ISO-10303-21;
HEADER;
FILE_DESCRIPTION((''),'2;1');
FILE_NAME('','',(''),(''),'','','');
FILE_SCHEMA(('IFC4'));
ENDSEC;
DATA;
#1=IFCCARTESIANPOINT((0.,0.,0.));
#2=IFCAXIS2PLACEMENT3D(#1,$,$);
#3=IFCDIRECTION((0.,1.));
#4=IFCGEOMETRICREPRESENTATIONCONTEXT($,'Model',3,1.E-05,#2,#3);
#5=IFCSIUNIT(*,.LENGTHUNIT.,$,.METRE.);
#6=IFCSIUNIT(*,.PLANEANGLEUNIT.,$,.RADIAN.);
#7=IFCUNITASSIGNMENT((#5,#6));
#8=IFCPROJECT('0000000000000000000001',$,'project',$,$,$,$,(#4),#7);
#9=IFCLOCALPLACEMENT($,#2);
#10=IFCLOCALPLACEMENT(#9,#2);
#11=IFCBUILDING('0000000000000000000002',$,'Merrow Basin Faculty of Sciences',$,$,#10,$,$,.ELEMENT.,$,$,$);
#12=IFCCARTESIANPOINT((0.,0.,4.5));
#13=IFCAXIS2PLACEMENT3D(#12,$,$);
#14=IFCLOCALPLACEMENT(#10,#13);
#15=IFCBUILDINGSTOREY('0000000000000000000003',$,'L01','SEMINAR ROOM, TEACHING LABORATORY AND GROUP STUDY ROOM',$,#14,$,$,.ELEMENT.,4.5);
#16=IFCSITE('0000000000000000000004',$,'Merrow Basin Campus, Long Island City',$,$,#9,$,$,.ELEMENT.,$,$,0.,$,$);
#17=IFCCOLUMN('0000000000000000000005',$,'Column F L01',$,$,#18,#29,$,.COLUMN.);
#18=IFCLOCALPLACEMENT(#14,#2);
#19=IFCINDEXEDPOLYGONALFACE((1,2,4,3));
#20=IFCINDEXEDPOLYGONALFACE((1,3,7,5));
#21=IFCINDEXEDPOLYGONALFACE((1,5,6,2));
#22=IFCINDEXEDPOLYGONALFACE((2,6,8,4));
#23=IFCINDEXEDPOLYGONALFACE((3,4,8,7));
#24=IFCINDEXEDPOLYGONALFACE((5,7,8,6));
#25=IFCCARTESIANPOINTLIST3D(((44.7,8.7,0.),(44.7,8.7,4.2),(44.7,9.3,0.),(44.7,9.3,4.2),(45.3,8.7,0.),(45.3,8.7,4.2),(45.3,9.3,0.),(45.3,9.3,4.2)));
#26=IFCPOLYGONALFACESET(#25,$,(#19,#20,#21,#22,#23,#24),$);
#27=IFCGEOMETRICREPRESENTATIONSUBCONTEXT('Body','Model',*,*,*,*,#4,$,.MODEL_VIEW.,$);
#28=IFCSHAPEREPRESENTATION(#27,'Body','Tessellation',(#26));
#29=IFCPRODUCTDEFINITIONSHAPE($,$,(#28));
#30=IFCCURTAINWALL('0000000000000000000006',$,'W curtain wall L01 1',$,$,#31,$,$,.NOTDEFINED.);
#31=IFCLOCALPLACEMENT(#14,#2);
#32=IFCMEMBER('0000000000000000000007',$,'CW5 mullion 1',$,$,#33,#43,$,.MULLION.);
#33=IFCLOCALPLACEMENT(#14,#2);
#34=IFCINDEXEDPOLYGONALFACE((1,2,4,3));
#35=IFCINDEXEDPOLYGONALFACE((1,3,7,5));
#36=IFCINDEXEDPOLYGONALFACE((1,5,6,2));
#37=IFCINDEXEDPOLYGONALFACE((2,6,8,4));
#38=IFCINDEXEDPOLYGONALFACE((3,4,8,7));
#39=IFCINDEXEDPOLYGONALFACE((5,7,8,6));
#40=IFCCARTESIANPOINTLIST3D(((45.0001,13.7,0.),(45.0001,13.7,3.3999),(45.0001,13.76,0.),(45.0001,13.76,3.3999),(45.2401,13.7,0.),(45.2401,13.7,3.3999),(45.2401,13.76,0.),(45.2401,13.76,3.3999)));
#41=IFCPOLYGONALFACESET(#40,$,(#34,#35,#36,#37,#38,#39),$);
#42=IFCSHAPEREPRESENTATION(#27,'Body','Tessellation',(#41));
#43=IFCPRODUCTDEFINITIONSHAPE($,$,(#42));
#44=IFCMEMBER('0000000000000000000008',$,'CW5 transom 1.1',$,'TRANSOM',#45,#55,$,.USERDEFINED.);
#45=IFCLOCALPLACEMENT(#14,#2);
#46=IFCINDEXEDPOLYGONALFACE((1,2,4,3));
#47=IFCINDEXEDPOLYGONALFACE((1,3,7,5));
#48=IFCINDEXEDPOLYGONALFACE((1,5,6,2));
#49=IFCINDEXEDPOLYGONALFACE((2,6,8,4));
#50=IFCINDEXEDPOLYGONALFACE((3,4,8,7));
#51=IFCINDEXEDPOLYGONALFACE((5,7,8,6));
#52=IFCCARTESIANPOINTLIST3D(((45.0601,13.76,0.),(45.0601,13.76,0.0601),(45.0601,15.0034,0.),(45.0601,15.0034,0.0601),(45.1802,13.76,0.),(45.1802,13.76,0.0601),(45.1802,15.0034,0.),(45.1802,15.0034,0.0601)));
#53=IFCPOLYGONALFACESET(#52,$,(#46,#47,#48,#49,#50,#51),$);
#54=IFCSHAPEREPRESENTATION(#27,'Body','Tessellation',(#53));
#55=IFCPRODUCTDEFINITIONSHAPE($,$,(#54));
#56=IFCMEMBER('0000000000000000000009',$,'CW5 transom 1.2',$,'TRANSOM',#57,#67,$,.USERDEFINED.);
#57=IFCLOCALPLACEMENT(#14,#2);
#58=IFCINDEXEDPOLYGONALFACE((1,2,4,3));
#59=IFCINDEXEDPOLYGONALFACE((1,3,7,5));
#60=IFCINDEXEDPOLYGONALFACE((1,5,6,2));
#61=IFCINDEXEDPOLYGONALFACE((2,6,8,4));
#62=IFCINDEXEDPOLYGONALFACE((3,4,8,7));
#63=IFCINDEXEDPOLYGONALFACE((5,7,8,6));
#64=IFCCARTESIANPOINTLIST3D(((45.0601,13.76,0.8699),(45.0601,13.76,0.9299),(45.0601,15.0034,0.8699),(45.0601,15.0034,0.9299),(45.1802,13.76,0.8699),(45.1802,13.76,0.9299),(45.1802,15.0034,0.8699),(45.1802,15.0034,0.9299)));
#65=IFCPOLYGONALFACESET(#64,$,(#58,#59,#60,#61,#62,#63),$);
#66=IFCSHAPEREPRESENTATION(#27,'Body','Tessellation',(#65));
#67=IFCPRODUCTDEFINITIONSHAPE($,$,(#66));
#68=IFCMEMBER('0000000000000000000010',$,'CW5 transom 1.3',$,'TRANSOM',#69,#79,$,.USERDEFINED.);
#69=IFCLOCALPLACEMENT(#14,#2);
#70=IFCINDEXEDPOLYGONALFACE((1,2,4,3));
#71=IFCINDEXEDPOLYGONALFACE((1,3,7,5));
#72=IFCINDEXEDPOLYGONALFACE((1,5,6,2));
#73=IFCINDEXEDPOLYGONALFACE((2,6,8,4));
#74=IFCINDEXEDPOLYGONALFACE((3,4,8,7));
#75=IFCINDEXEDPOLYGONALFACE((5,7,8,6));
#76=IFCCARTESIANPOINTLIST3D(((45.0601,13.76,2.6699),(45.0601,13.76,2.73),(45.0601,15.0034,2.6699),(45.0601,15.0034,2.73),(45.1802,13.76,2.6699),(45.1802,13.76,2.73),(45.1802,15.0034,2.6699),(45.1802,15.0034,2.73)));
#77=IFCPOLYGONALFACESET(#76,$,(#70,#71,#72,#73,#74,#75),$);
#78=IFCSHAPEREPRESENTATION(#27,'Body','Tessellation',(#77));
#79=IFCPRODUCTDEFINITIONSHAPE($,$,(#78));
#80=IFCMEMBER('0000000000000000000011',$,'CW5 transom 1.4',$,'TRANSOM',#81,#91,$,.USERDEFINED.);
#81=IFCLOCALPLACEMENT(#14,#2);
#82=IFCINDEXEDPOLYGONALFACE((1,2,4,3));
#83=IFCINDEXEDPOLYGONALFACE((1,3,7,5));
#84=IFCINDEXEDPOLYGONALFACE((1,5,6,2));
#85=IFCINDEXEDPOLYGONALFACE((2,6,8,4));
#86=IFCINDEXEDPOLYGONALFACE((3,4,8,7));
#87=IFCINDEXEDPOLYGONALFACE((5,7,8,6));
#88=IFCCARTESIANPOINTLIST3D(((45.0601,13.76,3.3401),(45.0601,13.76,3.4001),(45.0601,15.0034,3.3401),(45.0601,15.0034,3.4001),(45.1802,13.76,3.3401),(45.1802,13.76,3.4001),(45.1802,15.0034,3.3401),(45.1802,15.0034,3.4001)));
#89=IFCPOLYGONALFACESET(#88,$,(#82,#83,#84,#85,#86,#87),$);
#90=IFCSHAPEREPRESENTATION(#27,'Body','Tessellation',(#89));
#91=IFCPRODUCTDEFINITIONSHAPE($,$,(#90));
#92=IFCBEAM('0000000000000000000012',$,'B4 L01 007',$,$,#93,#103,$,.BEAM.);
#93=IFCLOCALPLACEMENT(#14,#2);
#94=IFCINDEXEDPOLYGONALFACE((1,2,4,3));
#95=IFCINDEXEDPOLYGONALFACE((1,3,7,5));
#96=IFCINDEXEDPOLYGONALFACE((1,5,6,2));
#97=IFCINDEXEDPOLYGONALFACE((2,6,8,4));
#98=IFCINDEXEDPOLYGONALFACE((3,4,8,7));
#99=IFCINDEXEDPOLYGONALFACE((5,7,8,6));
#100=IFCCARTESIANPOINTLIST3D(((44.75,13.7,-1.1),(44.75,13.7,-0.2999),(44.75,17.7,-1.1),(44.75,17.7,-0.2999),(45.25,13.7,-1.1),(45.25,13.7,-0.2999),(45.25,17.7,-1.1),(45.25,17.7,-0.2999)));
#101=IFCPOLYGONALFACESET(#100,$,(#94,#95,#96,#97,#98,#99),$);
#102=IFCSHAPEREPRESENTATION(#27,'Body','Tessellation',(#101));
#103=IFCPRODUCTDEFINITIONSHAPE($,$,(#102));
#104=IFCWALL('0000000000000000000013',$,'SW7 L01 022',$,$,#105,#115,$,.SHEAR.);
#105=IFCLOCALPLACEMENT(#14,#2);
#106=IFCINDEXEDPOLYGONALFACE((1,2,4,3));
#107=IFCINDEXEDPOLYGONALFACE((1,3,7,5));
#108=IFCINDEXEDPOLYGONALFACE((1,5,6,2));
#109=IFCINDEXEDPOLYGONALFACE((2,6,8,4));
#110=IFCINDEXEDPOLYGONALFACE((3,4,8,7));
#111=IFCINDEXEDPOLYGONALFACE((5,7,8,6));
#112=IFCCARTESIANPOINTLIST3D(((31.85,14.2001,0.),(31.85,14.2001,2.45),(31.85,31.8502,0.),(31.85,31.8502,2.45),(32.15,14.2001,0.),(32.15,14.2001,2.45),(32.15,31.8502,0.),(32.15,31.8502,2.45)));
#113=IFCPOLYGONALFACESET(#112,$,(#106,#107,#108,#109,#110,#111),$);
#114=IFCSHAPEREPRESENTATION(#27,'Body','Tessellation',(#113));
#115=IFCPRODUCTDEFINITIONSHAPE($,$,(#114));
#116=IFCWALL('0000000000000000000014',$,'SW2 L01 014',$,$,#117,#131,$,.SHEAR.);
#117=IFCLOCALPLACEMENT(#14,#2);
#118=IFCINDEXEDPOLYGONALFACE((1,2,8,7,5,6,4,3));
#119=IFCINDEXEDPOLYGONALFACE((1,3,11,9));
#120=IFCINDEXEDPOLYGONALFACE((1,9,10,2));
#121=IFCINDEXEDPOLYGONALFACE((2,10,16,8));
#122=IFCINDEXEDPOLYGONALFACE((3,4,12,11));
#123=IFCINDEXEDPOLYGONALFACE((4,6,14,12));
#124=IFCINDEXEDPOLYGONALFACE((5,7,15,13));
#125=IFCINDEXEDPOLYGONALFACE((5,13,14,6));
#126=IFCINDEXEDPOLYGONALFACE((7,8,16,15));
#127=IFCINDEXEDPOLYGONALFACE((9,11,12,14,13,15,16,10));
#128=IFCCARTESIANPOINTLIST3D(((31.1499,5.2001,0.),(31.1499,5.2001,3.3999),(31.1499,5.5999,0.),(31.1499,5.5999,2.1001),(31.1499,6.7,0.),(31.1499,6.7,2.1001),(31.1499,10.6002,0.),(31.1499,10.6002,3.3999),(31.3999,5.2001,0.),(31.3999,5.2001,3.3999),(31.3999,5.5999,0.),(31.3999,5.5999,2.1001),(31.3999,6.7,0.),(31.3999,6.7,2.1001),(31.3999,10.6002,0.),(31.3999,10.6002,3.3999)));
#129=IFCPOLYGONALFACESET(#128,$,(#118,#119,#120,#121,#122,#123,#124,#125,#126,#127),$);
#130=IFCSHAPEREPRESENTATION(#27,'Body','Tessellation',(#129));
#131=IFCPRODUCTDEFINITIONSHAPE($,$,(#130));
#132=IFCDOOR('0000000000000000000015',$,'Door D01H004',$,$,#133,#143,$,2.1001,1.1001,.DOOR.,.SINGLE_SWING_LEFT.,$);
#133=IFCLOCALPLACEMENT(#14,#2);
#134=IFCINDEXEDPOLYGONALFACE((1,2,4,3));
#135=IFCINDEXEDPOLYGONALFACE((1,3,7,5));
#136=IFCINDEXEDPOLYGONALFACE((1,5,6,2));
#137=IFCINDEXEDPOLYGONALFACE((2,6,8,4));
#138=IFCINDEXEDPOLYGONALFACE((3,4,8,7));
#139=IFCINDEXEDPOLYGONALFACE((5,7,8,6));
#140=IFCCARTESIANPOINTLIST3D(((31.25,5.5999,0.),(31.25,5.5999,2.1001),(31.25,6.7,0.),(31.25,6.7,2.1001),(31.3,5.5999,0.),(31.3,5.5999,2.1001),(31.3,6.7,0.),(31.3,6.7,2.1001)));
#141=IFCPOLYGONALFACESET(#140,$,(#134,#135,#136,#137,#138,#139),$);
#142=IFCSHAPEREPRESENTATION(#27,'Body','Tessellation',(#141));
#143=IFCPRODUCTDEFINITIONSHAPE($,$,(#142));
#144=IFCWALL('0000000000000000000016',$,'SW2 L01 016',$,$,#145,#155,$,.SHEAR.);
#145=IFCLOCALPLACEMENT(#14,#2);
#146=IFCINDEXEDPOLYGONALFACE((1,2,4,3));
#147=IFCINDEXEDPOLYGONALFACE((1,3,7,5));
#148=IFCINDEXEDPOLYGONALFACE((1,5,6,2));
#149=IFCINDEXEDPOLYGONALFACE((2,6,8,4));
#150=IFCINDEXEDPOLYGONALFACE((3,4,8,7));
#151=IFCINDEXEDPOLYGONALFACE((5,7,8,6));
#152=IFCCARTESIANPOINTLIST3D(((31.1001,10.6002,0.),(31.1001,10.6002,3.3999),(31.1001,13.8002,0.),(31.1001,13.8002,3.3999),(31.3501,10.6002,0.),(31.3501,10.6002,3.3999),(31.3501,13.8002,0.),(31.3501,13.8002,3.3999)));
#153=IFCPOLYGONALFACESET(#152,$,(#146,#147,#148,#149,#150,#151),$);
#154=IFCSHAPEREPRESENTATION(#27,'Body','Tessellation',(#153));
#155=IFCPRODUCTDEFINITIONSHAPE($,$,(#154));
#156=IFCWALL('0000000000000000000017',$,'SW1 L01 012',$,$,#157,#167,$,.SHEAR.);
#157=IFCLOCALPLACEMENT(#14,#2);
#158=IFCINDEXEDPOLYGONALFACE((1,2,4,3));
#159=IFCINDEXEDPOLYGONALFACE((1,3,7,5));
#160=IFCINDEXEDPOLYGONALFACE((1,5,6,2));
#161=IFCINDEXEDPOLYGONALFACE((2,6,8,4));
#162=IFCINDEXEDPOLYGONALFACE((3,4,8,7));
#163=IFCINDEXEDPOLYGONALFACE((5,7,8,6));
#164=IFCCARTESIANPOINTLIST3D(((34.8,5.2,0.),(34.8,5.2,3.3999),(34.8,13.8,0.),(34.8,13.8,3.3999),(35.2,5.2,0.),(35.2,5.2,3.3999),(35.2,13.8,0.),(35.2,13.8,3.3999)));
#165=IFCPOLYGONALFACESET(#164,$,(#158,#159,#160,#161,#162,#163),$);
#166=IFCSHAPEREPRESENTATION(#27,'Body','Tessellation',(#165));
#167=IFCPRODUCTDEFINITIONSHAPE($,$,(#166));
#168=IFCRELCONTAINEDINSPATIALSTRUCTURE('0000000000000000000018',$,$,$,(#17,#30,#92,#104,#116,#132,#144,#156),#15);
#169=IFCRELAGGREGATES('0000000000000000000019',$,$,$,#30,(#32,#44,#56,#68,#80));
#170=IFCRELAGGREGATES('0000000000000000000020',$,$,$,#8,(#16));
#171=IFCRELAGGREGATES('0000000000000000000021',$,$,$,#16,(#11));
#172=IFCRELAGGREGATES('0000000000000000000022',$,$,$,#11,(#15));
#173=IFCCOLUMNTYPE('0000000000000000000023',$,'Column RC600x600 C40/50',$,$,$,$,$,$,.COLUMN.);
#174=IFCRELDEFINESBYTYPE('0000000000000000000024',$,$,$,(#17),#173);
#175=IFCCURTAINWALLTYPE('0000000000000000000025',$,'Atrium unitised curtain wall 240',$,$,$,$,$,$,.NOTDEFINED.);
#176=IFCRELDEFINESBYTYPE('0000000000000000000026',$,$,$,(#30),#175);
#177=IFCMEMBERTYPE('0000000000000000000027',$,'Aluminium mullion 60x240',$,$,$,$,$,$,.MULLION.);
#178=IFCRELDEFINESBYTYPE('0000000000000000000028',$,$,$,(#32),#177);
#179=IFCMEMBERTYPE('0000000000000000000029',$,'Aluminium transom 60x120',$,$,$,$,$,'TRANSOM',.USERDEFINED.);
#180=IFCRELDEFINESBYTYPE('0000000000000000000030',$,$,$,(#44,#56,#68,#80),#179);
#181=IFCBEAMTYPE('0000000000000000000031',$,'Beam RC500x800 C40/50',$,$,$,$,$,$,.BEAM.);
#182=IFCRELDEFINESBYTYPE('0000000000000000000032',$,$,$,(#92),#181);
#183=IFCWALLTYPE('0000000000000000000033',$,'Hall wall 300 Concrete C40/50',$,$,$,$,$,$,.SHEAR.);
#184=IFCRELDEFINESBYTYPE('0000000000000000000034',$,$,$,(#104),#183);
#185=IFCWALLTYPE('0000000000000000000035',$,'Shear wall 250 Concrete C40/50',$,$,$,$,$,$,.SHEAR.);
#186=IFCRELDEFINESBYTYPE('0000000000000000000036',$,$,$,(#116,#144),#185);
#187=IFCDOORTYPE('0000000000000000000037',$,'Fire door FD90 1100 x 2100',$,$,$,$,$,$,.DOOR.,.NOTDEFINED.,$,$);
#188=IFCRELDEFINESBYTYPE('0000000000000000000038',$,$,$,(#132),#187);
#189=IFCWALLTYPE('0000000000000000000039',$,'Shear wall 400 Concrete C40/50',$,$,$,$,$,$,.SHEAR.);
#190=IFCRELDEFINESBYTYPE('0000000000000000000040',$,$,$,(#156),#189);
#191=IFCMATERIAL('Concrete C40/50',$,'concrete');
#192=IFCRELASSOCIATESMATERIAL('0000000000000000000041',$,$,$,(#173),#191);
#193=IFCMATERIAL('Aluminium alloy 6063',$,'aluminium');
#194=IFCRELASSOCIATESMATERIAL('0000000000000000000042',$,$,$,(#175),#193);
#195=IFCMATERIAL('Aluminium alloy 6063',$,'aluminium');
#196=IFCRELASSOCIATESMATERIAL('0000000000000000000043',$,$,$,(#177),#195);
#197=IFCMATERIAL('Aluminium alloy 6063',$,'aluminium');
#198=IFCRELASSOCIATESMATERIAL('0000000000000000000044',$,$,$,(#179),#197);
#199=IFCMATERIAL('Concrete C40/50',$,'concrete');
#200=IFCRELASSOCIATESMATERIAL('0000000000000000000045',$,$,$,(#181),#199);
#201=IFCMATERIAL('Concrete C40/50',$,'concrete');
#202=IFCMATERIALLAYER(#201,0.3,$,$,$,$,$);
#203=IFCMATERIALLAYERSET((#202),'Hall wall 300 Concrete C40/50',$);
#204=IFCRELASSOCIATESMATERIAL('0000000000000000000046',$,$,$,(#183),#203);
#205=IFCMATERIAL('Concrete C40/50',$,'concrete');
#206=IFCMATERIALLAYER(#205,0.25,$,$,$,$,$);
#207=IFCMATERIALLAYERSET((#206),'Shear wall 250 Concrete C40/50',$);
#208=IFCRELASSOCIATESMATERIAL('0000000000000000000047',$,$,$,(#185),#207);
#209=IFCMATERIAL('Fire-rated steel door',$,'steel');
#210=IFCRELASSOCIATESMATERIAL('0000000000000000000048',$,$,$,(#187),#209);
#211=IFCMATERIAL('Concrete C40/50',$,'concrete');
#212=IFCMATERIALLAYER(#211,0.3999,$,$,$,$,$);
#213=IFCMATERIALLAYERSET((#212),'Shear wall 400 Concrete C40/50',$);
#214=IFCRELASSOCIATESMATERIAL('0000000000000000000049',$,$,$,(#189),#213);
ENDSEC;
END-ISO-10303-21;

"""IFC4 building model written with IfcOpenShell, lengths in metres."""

from ifc_helpers import new_model, si_unit, direction, frame, frame_2d, origin, origin_2d, place, context, subcontext, project, spatial, rectangle, extrude, material, layer, layer_set, material_profile, profile_set, type_object, element, fill, aggregate, save


model = new_model("IFC4")

# Units and contexts
model_context = context("Model", 3, precision=1e-05, world=origin(), true_north=direction((0.0, 1.0)))
body_context = subcontext(model_context, "Body", "Model", "MODEL_VIEW")
ifc_project = project(units=[si_unit("LENGTHUNIT", "METRE"), si_unit("PLANEANGLEUNIT", "RADIAN")], contexts=[model_context])

# Site, building, storey
site_placement = place(None, origin())
site = spatial("IfcSite", under=ifc_project, at=site_placement, Name="Merrow Basin Campus, Long Island City", CompositionType="ELEMENT", RefElevation=0.0)
building_placement = place(site_placement, origin())
building = spatial("IfcBuilding", under=site, at=building_placement, Name="Merrow Basin Faculty of Sciences", CompositionType="ELEMENT")
storey_placement = place(building_placement, frame((0.0, 0.0, 4.5)))
storey = spatial("IfcBuildingStorey", under=building, at=storey_placement, Name="L01", Description="SEMINAR ROOM, TEACHING LABORATORY AND GROUP STUDY ROOM", CompositionType="ELEMENT", Elevation=4.5)

# Column
ifc_material_1 = material(Name="Concrete C40/50", Category="concrete")
ifc_material_profile_1 = material_profile(ifc_material_1, rectangle(XDim=0.6001, YDim=0.6001, at=origin_2d()))
ifc_profile_set_1 = profile_set([ifc_material_profile_1], Name="Concrete C40/50")
column_type = type_object("IfcColumnType", Name="Column RC600x600 C40/50", PredefinedType="COLUMN", material=ifc_profile_set_1)
column_placement = place(storey_placement, frame((45.0, 9.0, 0.0), z_axis=(0.0, 0.0, 1.0), x_axis=(1.0, 0.0, 0.0)))
element("IfcColumn", 1, at=column_placement, inside=storey, type_object=column_type, Name="Column F L01", PredefinedType="COLUMN", context=body_context, shape_type="SweptSolid", body=[
    extrude(rectangle(XDim=0.6001, YDim=0.6001, at=origin_2d()), origin(), (0.0, 0.0, 1.0), 4.2),
])

# Curtain wall, members
ifc_material_2 = material(Name="Aluminium alloy 6063", Category="aluminium")
curtain_wall_type = type_object("IfcCurtainWallType", Name="Atrium unitised curtain wall 240", PredefinedType="NOTDEFINED", material=ifc_material_2)
curtain_wall_placement = place(storey_placement, origin())
curtain_wall = element("IfcCurtainWall", 2, at=curtain_wall_placement, inside=storey, type_object=curtain_wall_type, Name="W curtain wall L01 1", PredefinedType="NOTDEFINED")
ifc_material_3 = material(Name="Aluminium alloy 6063", Category="aluminium")
ifc_material_profile_2 = material_profile(ifc_material_3, rectangle(XDim=0.24, YDim=0.0601, at=origin_2d()))
ifc_profile_set_2 = profile_set([ifc_material_profile_2], Name="Aluminium alloy 6063")
member_type_1 = type_object("IfcMemberType", Name="Aluminium mullion 60x240", PredefinedType="MULLION", material=ifc_profile_set_2)
member_1_placement = place(storey_placement, frame((45.1201, 13.73, 0.0), z_axis=(0.0, 0.0, 1.0), x_axis=(-1.0, 0.0, 0.0)))
member_1 = element("IfcMember", 3, at=member_1_placement, type_object=member_type_1, Name="CW5 mullion 1", PredefinedType="MULLION", context=body_context, shape_type="SweptSolid", body=[
    extrude(rectangle(XDim=0.24, YDim=0.0601, at=origin_2d()), origin(), (0.0, 0.0, 1.0), 3.3999),
])
ifc_material_4 = material(Name="Aluminium alloy 6063", Category="aluminium")
ifc_material_profile_3 = material_profile(ifc_material_4, rectangle(XDim=0.1201, YDim=0.0601, at=origin_2d()))
ifc_profile_set_3 = profile_set([ifc_material_profile_3], Name="Aluminium alloy 6063")
member_type_2 = type_object("IfcMemberType", Name="Aluminium transom 60x120", ElementType="TRANSOM", PredefinedType="USERDEFINED", material=ifc_profile_set_3)
member_2_placement = place(storey_placement, frame((45.1201, 13.76, 0.03), z_axis=(0.0, 1.0, 0.0), x_axis=(-1.0, 0.0, 0.0)))
member_2 = element("IfcMember", 4, at=member_2_placement, type_object=member_type_2, Name="CW5 transom 1.1", ObjectType="TRANSOM", PredefinedType="USERDEFINED", context=body_context, shape_type="SweptSolid", body=[
    extrude(rectangle(XDim=0.1201, YDim=0.0601, at=origin_2d()), origin(), (0.0, 0.0, 1.0), 1.2434),
])
member_3_placement = place(storey_placement, frame((45.1201, 13.76, 0.8999), z_axis=(0.0, 1.0, 0.0), x_axis=(-1.0, 0.0, 0.0)))
member_3 = element("IfcMember", 5, at=member_3_placement, type_object=member_type_2, Name="CW5 transom 1.2", ObjectType="TRANSOM", PredefinedType="USERDEFINED", context=body_context, shape_type="SweptSolid", body=[
    extrude(rectangle(XDim=0.1201, YDim=0.0601, at=origin_2d()), origin(), (0.0, 0.0, 1.0), 1.2434),
])
member_4_placement = place(storey_placement, frame((45.1201, 13.76, 2.7), z_axis=(0.0, 1.0, 0.0), x_axis=(-1.0, 0.0, 0.0)))
member_4 = element("IfcMember", 6, at=member_4_placement, type_object=member_type_2, Name="CW5 transom 1.3", ObjectType="TRANSOM", PredefinedType="USERDEFINED", context=body_context, shape_type="SweptSolid", body=[
    extrude(rectangle(XDim=0.1201, YDim=0.0601, at=origin_2d()), origin(), (0.0, 0.0, 1.0), 1.2434),
])
member_5_placement = place(storey_placement, frame((45.1201, 13.76, 3.3701), z_axis=(0.0, 1.0, 0.0), x_axis=(-1.0, 0.0, 0.0)))
member_5 = element("IfcMember", 7, at=member_5_placement, type_object=member_type_2, Name="CW5 transom 1.4", ObjectType="TRANSOM", PredefinedType="USERDEFINED", context=body_context, shape_type="SweptSolid", body=[
    extrude(rectangle(XDim=0.1201, YDim=0.0601, at=origin_2d()), origin(), (0.0, 0.0, 1.0), 1.2434),
])
aggregate(curtain_wall, [member_1, member_2, member_3, member_4, member_5])

# Beam
ifc_material_5 = material(Name="Concrete C40/50", Category="concrete")
ifc_material_profile_4 = material_profile(ifc_material_5, rectangle(XDim=0.5, YDim=0.8, at=origin_2d()))
ifc_profile_set_4 = profile_set([ifc_material_profile_4], Name="Concrete C40/50")
beam_type = type_object("IfcBeamType", Name="Beam RC500x800 C40/50", PredefinedType="BEAM", material=ifc_profile_set_4)
beam_placement = place(storey_placement, frame((45.0, 13.7, -0.7), z_axis=(0.0, 1.0, 0.0), x_axis=(-1.0, 0.0, 0.0)))
element("IfcBeam", 8, at=beam_placement, inside=storey, type_object=beam_type, Name="B4 L01 007", PredefinedType="BEAM", context=body_context, shape_type="SweptSolid", body=[
    extrude(rectangle(XDim=0.5, YDim=0.8, at=origin_2d()), origin(), (0.0, 0.0, 1.0), 4.0),
])

# Wall
ifc_material_6 = material(Name="Concrete C40/50", Category="concrete")
ifc_layer_1 = layer(ifc_material_6, 0.3)
ifc_layer_set_1 = layer_set([ifc_layer_1], Name="Hall wall 300 Concrete C40/50")
wall_type_1 = type_object("IfcWallType", Name="Hall wall 300 Concrete C40/50", PredefinedType="SHEAR", material=ifc_layer_set_1)
wall_1_placement = place(storey_placement, frame((32.0, 14.2, 0.0), z_axis=(0.0, 0.0, 1.0), x_axis=(0.0, 1.0, 0.0)))
element("IfcWall", 9, at=wall_1_placement, inside=storey, type_object=wall_type_1, Name="SW7 L01 022", PredefinedType="SHEAR", context=body_context, shape_type="SweptSolid", body=[
    extrude(rectangle(XDim=17.6501, YDim=0.3, at=frame_2d((8.8252, 0.0))), origin(), (0.0, 0.0, 1.0), 2.45),
])

# Wall, opening, door
ifc_material_7 = material(Name="Concrete C40/50", Category="concrete")
ifc_layer_2 = layer(ifc_material_7, 0.25)
ifc_layer_set_2 = layer_set([ifc_layer_2], Name="Shear wall 250 Concrete C40/50")
wall_type_2 = type_object("IfcWallType", Name="Shear wall 250 Concrete C40/50", PredefinedType="SHEAR", material=ifc_layer_set_2)
wall_2_placement = place(storey_placement, frame((31.2749, 5.2, 0.0), z_axis=(0.0, 0.0, 1.0), x_axis=(0.0, 1.0, 0.0)))
wall_2 = element("IfcWall", 10, at=wall_2_placement, inside=storey, type_object=wall_type_2, Name="SW2 L01 014", PredefinedType="SHEAR", context=body_context, shape_type="SweptSolid", body=[
    extrude(rectangle(XDim=5.4001, YDim=0.25, at=frame_2d((2.7002, 0.0))), origin(), (0.0, 0.0, 1.0), 3.3999),
])
opening_1_placement = place(wall_2_placement, frame((0.3999, 0.0, 0.0)))
opening_1 = element("IfcOpeningElement", 11, at=opening_1_placement, cuts=wall_2, PredefinedType="OPENING", context=body_context, shape_type="SweptSolid", body=[
    extrude(rectangle(XDim=1.1001, YDim=2.1001, at=frame_2d((0.55, 1.05))), frame((0.0, 0.135, 0.0), z_axis=(0.0, -1.0, 0.0), x_axis=(1.0, 0.0, 0.0)), (0.0, 0.0, 1.0), 0.27),
])
ifc_material_8 = material(Name="Fire-rated steel door", Category="steel")
door_type_1 = type_object("IfcDoorType", Name="Fire door FD90 1100 x 2100", OperationType="NOTDEFINED", PredefinedType="DOOR", material=ifc_material_8)
door_1_placement = place(opening_1_placement, origin())
door_1 = element("IfcDoor", 12, at=door_1_placement, inside=storey, type_object=door_type_1, Name="Door D01H004", OperationType="SINGLE_SWING_LEFT", OverallHeight=2.1001, OverallWidth=1.1001, PredefinedType="DOOR", context=body_context, shape_type="SweptSolid", body=[
    extrude(rectangle(XDim=1.1001, YDim=2.1001, at=frame_2d((0.55, 1.05))), frame((0.0, 0.0249, 0.0), z_axis=(0.0, -1.0, 0.0), x_axis=(1.0, 0.0, 0.0)), (0.0, 0.0, 1.0), 0.05),
])
fill(opening_1, door_1)

# Walls
wall_3_placement = place(storey_placement, frame((31.2251, 10.6001, 0.0), z_axis=(0.0, 0.0, 1.0), x_axis=(0.0, 1.0, 0.0)))
element("IfcWall", 13, at=wall_3_placement, inside=storey, type_object=wall_type_2, Name="SW2 L01 016", PredefinedType="SHEAR", context=body_context, shape_type="SweptSolid", body=[
    extrude(rectangle(XDim=3.2, YDim=0.25, at=frame_2d((1.6001, 0.0))), origin(), (0.0, 0.0, 1.0), 3.3999),
])
ifc_material_9 = material(Name="Concrete C40/50", Category="concrete")
ifc_layer_3 = layer(ifc_material_9, 0.3999)
ifc_layer_set_3 = layer_set([ifc_layer_3], Name="Shear wall 400 Concrete C40/50")
wall_type_3 = type_object("IfcWallType", Name="Shear wall 400 Concrete C40/50", PredefinedType="SHEAR", material=ifc_layer_set_3)
wall_4_placement = place(storey_placement, frame((35.0, 5.2, 0.0), z_axis=(0.0, 0.0, 1.0), x_axis=(0.0, 1.0, 0.0)))
element("IfcWall", 14, at=wall_4_placement, inside=storey, type_object=wall_type_3, Name="SW1 L01 012", PredefinedType="SHEAR", context=body_context, shape_type="SweptSolid", body=[
    extrude(rectangle(XDim=8.6001, YDim=0.3999, at=frame_2d((4.3, 0.0))), origin(), (0.0, 0.0, 1.0), 3.3999),
])

save(model, "model.ifc")
